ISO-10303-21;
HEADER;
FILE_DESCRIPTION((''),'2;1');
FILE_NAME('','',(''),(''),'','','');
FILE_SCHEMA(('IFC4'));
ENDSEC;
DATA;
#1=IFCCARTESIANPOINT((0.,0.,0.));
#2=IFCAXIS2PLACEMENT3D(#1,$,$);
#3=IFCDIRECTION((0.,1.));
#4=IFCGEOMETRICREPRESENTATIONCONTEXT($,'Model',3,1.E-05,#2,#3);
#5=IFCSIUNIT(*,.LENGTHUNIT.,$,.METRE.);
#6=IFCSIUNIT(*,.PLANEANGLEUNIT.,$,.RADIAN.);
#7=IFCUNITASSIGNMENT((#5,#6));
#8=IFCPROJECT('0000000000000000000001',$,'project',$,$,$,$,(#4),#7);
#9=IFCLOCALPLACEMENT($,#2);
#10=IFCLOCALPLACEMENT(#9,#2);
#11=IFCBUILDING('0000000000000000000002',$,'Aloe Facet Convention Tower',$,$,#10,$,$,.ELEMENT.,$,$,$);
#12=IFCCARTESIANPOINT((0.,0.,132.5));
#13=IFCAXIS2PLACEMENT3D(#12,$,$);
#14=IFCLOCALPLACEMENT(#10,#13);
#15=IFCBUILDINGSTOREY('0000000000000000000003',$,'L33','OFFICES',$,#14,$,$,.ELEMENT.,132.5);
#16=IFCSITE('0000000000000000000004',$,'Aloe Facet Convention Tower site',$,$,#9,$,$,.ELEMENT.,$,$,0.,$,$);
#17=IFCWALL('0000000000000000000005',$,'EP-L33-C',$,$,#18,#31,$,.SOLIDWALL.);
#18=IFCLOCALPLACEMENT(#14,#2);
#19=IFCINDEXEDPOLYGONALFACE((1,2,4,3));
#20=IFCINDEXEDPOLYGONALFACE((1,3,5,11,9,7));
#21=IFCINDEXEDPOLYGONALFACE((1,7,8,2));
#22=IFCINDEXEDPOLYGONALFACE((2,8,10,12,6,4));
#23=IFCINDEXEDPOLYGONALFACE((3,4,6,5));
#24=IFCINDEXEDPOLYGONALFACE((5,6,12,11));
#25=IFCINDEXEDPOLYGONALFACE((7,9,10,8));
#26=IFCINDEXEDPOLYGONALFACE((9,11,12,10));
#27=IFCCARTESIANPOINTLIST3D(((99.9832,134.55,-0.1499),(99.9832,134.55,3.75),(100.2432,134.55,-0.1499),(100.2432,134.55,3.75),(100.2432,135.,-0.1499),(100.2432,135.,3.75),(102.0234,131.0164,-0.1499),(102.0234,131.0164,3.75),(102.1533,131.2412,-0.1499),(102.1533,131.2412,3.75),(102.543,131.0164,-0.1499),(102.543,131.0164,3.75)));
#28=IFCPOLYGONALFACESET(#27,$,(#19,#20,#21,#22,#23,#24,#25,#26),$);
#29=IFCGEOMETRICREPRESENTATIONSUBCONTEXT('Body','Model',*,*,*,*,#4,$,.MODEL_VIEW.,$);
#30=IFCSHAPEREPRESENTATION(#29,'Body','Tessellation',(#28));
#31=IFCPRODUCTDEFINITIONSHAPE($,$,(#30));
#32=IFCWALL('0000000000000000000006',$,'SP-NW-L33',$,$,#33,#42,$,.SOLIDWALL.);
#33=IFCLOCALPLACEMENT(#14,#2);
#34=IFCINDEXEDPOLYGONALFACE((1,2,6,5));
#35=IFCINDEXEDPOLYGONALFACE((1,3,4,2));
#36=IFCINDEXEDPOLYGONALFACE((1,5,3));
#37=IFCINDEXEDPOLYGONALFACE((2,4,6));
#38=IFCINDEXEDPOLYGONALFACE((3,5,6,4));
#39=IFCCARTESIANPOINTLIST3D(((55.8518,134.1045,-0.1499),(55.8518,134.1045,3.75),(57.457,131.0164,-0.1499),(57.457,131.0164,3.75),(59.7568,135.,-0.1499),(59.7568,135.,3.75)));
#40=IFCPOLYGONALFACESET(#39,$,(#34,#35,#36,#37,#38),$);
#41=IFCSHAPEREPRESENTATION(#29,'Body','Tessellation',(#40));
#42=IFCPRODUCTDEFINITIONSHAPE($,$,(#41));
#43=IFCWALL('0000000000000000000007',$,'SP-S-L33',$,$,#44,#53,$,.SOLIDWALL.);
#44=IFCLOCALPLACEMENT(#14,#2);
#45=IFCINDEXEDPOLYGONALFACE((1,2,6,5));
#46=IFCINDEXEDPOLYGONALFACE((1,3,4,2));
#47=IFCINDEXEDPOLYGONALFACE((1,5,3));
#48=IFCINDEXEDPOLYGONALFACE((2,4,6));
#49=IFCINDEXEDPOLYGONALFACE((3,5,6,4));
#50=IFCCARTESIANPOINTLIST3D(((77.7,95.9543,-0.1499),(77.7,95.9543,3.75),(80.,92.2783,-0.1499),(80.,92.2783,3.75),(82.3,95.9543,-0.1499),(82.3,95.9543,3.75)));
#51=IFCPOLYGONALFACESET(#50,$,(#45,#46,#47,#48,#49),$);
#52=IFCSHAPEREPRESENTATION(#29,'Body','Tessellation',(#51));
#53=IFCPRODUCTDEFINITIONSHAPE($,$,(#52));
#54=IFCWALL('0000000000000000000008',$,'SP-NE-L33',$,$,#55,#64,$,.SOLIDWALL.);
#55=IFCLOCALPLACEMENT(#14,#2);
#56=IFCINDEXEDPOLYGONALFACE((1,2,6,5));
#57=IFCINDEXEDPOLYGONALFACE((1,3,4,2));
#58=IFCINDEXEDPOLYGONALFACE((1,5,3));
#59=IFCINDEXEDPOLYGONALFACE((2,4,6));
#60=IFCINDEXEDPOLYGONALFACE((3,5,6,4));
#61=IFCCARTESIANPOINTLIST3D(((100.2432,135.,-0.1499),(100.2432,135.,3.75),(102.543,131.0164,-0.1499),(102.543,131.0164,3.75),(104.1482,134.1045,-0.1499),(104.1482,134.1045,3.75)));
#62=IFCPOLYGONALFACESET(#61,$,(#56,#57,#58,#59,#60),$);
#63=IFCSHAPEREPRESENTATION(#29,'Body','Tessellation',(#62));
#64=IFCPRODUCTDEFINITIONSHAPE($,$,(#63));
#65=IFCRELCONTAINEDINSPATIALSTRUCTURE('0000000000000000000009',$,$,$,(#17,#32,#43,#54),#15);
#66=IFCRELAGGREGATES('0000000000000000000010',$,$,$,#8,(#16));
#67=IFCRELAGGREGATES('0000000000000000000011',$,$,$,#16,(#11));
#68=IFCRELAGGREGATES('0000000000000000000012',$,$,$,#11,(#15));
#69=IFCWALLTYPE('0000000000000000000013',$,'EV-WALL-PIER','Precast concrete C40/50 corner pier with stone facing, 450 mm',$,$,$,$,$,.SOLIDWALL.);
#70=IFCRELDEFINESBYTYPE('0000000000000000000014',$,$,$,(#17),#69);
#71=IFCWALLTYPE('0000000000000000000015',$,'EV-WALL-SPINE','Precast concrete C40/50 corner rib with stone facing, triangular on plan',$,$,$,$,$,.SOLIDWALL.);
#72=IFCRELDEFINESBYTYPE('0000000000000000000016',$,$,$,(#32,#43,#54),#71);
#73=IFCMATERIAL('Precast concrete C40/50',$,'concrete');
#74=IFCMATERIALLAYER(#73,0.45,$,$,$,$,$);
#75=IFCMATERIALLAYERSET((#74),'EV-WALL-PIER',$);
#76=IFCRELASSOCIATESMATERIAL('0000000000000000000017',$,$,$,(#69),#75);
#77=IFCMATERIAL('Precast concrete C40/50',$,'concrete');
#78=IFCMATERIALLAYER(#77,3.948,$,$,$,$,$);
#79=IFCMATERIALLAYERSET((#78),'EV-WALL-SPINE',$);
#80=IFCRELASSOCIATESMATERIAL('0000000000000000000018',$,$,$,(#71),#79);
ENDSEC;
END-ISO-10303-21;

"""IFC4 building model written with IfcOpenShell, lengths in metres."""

from ifc_helpers import new_model, si_unit, direction, frame, origin, place, context, subcontext, project, spatial, polyline, outline, extrude, material, layer, layer_set, type_object, element, save


model = new_model("IFC4")

# Units and contexts
model_context = context("Model", 3, precision=1e-05, world=origin(), true_north=direction((0.0, 1.0)))
body_context = subcontext(model_context, "Body", "Model", "MODEL_VIEW")
ifc_project = project(units=[si_unit("LENGTHUNIT", "METRE"), si_unit("PLANEANGLEUNIT", "RADIAN")], contexts=[model_context])

# Site, building, storey
site_placement = place(None, origin())
site = spatial("IfcSite", under=ifc_project, at=site_placement, Name="Aloe Facet Convention Tower site", CompositionType="ELEMENT", RefElevation=0.0)
building_placement = place(site_placement, origin())
building = spatial("IfcBuilding", under=site, at=building_placement, Name="Aloe Facet Convention Tower", CompositionType="ELEMENT")
storey_placement = place(building_placement, frame((0.0, 0.0, 132.5)))
storey = spatial("IfcBuildingStorey", under=building, at=storey_placement, Name="L33", Description="OFFICES", CompositionType="ELEMENT", Elevation=132.5)

# Walls
ifc_material_1 = material(Name="Precast concrete C40/50", Category="concrete")
ifc_layer_1 = layer(ifc_material_1, 0.45)
ifc_layer_set_1 = layer_set([ifc_layer_1], Name="EV-WALL-PIER")
wall_type_1 = type_object("IfcWallType", Name="EV-WALL-PIER", Description="Precast concrete C40/50 corner pier with stone facing, 450 mm", PredefinedType="SOLIDWALL", material=ifc_layer_set_1)
wall_1_placement = place(storey_placement, frame((0.0, 0.0, -0.1499)))
element("IfcWall", 1, at=wall_1_placement, inside=storey, type_object=wall_type_1, Name="EP-L33-C", PredefinedType="SOLIDWALL", context=body_context, shape_type="SweptSolid", body=[
    extrude(outline(polyline([(102.543, 131.0164), (102.1533, 131.2412), (102.0234, 131.0164), (99.9832, 134.55), (100.2432, 134.55), (100.2432, 135.0), (102.543, 131.0164)])), origin(), (0.0, 0.0, 1.0), 3.8999),
])
ifc_material_2 = material(Name="Precast concrete C40/50", Category="concrete")
ifc_layer_2 = layer(ifc_material_2, 3.948)
ifc_layer_set_2 = layer_set([ifc_layer_2], Name="EV-WALL-SPINE")
wall_type_2 = type_object("IfcWallType", Name="EV-WALL-SPINE", Description="Precast concrete C40/50 corner rib with stone facing, triangular on plan", PredefinedType="SOLIDWALL", material=ifc_layer_set_2)
wall_2_placement = place(storey_placement, frame((0.0, 0.0, -0.1499)))
element("IfcWall", 2, at=wall_2_placement, inside=storey, type_object=wall_type_2, Name="SP-NW-L33", PredefinedType="SOLIDWALL", context=body_context, shape_type="SweptSolid", body=[
    extrude(outline(polyline([(59.7568, 135.0), (55.8518, 134.1045), (57.457, 131.0164), (59.7568, 135.0)])), origin(), (0.0, 0.0, 1.0), 3.8999),
])
wall_3_placement = place(storey_placement, frame((0.0, 0.0, -0.1499)))
element("IfcWall", 3, at=wall_3_placement, inside=storey, type_object=wall_type_2, Name="SP-S-L33", PredefinedType="SOLIDWALL", context=body_context, shape_type="SweptSolid", body=[
    extrude(outline(polyline([(77.7, 95.9543), (80.0, 92.2783), (82.3, 95.9543), (77.7, 95.9543)])), origin(), (0.0, 0.0, 1.0), 3.8999),
])
wall_4_placement = place(storey_placement, frame((0.0, 0.0, -0.1499)))
element("IfcWall", 4, at=wall_4_placement, inside=storey, type_object=wall_type_2, Name="SP-NE-L33", PredefinedType="SOLIDWALL", context=body_context, shape_type="SweptSolid", body=[
    extrude(outline(polyline([(102.543, 131.0164), (104.1482, 134.1045), (100.2432, 135.0), (102.543, 131.0164)])), origin(), (0.0, 0.0, 1.0), 3.8999),
])

save(model, "model.ifc")
